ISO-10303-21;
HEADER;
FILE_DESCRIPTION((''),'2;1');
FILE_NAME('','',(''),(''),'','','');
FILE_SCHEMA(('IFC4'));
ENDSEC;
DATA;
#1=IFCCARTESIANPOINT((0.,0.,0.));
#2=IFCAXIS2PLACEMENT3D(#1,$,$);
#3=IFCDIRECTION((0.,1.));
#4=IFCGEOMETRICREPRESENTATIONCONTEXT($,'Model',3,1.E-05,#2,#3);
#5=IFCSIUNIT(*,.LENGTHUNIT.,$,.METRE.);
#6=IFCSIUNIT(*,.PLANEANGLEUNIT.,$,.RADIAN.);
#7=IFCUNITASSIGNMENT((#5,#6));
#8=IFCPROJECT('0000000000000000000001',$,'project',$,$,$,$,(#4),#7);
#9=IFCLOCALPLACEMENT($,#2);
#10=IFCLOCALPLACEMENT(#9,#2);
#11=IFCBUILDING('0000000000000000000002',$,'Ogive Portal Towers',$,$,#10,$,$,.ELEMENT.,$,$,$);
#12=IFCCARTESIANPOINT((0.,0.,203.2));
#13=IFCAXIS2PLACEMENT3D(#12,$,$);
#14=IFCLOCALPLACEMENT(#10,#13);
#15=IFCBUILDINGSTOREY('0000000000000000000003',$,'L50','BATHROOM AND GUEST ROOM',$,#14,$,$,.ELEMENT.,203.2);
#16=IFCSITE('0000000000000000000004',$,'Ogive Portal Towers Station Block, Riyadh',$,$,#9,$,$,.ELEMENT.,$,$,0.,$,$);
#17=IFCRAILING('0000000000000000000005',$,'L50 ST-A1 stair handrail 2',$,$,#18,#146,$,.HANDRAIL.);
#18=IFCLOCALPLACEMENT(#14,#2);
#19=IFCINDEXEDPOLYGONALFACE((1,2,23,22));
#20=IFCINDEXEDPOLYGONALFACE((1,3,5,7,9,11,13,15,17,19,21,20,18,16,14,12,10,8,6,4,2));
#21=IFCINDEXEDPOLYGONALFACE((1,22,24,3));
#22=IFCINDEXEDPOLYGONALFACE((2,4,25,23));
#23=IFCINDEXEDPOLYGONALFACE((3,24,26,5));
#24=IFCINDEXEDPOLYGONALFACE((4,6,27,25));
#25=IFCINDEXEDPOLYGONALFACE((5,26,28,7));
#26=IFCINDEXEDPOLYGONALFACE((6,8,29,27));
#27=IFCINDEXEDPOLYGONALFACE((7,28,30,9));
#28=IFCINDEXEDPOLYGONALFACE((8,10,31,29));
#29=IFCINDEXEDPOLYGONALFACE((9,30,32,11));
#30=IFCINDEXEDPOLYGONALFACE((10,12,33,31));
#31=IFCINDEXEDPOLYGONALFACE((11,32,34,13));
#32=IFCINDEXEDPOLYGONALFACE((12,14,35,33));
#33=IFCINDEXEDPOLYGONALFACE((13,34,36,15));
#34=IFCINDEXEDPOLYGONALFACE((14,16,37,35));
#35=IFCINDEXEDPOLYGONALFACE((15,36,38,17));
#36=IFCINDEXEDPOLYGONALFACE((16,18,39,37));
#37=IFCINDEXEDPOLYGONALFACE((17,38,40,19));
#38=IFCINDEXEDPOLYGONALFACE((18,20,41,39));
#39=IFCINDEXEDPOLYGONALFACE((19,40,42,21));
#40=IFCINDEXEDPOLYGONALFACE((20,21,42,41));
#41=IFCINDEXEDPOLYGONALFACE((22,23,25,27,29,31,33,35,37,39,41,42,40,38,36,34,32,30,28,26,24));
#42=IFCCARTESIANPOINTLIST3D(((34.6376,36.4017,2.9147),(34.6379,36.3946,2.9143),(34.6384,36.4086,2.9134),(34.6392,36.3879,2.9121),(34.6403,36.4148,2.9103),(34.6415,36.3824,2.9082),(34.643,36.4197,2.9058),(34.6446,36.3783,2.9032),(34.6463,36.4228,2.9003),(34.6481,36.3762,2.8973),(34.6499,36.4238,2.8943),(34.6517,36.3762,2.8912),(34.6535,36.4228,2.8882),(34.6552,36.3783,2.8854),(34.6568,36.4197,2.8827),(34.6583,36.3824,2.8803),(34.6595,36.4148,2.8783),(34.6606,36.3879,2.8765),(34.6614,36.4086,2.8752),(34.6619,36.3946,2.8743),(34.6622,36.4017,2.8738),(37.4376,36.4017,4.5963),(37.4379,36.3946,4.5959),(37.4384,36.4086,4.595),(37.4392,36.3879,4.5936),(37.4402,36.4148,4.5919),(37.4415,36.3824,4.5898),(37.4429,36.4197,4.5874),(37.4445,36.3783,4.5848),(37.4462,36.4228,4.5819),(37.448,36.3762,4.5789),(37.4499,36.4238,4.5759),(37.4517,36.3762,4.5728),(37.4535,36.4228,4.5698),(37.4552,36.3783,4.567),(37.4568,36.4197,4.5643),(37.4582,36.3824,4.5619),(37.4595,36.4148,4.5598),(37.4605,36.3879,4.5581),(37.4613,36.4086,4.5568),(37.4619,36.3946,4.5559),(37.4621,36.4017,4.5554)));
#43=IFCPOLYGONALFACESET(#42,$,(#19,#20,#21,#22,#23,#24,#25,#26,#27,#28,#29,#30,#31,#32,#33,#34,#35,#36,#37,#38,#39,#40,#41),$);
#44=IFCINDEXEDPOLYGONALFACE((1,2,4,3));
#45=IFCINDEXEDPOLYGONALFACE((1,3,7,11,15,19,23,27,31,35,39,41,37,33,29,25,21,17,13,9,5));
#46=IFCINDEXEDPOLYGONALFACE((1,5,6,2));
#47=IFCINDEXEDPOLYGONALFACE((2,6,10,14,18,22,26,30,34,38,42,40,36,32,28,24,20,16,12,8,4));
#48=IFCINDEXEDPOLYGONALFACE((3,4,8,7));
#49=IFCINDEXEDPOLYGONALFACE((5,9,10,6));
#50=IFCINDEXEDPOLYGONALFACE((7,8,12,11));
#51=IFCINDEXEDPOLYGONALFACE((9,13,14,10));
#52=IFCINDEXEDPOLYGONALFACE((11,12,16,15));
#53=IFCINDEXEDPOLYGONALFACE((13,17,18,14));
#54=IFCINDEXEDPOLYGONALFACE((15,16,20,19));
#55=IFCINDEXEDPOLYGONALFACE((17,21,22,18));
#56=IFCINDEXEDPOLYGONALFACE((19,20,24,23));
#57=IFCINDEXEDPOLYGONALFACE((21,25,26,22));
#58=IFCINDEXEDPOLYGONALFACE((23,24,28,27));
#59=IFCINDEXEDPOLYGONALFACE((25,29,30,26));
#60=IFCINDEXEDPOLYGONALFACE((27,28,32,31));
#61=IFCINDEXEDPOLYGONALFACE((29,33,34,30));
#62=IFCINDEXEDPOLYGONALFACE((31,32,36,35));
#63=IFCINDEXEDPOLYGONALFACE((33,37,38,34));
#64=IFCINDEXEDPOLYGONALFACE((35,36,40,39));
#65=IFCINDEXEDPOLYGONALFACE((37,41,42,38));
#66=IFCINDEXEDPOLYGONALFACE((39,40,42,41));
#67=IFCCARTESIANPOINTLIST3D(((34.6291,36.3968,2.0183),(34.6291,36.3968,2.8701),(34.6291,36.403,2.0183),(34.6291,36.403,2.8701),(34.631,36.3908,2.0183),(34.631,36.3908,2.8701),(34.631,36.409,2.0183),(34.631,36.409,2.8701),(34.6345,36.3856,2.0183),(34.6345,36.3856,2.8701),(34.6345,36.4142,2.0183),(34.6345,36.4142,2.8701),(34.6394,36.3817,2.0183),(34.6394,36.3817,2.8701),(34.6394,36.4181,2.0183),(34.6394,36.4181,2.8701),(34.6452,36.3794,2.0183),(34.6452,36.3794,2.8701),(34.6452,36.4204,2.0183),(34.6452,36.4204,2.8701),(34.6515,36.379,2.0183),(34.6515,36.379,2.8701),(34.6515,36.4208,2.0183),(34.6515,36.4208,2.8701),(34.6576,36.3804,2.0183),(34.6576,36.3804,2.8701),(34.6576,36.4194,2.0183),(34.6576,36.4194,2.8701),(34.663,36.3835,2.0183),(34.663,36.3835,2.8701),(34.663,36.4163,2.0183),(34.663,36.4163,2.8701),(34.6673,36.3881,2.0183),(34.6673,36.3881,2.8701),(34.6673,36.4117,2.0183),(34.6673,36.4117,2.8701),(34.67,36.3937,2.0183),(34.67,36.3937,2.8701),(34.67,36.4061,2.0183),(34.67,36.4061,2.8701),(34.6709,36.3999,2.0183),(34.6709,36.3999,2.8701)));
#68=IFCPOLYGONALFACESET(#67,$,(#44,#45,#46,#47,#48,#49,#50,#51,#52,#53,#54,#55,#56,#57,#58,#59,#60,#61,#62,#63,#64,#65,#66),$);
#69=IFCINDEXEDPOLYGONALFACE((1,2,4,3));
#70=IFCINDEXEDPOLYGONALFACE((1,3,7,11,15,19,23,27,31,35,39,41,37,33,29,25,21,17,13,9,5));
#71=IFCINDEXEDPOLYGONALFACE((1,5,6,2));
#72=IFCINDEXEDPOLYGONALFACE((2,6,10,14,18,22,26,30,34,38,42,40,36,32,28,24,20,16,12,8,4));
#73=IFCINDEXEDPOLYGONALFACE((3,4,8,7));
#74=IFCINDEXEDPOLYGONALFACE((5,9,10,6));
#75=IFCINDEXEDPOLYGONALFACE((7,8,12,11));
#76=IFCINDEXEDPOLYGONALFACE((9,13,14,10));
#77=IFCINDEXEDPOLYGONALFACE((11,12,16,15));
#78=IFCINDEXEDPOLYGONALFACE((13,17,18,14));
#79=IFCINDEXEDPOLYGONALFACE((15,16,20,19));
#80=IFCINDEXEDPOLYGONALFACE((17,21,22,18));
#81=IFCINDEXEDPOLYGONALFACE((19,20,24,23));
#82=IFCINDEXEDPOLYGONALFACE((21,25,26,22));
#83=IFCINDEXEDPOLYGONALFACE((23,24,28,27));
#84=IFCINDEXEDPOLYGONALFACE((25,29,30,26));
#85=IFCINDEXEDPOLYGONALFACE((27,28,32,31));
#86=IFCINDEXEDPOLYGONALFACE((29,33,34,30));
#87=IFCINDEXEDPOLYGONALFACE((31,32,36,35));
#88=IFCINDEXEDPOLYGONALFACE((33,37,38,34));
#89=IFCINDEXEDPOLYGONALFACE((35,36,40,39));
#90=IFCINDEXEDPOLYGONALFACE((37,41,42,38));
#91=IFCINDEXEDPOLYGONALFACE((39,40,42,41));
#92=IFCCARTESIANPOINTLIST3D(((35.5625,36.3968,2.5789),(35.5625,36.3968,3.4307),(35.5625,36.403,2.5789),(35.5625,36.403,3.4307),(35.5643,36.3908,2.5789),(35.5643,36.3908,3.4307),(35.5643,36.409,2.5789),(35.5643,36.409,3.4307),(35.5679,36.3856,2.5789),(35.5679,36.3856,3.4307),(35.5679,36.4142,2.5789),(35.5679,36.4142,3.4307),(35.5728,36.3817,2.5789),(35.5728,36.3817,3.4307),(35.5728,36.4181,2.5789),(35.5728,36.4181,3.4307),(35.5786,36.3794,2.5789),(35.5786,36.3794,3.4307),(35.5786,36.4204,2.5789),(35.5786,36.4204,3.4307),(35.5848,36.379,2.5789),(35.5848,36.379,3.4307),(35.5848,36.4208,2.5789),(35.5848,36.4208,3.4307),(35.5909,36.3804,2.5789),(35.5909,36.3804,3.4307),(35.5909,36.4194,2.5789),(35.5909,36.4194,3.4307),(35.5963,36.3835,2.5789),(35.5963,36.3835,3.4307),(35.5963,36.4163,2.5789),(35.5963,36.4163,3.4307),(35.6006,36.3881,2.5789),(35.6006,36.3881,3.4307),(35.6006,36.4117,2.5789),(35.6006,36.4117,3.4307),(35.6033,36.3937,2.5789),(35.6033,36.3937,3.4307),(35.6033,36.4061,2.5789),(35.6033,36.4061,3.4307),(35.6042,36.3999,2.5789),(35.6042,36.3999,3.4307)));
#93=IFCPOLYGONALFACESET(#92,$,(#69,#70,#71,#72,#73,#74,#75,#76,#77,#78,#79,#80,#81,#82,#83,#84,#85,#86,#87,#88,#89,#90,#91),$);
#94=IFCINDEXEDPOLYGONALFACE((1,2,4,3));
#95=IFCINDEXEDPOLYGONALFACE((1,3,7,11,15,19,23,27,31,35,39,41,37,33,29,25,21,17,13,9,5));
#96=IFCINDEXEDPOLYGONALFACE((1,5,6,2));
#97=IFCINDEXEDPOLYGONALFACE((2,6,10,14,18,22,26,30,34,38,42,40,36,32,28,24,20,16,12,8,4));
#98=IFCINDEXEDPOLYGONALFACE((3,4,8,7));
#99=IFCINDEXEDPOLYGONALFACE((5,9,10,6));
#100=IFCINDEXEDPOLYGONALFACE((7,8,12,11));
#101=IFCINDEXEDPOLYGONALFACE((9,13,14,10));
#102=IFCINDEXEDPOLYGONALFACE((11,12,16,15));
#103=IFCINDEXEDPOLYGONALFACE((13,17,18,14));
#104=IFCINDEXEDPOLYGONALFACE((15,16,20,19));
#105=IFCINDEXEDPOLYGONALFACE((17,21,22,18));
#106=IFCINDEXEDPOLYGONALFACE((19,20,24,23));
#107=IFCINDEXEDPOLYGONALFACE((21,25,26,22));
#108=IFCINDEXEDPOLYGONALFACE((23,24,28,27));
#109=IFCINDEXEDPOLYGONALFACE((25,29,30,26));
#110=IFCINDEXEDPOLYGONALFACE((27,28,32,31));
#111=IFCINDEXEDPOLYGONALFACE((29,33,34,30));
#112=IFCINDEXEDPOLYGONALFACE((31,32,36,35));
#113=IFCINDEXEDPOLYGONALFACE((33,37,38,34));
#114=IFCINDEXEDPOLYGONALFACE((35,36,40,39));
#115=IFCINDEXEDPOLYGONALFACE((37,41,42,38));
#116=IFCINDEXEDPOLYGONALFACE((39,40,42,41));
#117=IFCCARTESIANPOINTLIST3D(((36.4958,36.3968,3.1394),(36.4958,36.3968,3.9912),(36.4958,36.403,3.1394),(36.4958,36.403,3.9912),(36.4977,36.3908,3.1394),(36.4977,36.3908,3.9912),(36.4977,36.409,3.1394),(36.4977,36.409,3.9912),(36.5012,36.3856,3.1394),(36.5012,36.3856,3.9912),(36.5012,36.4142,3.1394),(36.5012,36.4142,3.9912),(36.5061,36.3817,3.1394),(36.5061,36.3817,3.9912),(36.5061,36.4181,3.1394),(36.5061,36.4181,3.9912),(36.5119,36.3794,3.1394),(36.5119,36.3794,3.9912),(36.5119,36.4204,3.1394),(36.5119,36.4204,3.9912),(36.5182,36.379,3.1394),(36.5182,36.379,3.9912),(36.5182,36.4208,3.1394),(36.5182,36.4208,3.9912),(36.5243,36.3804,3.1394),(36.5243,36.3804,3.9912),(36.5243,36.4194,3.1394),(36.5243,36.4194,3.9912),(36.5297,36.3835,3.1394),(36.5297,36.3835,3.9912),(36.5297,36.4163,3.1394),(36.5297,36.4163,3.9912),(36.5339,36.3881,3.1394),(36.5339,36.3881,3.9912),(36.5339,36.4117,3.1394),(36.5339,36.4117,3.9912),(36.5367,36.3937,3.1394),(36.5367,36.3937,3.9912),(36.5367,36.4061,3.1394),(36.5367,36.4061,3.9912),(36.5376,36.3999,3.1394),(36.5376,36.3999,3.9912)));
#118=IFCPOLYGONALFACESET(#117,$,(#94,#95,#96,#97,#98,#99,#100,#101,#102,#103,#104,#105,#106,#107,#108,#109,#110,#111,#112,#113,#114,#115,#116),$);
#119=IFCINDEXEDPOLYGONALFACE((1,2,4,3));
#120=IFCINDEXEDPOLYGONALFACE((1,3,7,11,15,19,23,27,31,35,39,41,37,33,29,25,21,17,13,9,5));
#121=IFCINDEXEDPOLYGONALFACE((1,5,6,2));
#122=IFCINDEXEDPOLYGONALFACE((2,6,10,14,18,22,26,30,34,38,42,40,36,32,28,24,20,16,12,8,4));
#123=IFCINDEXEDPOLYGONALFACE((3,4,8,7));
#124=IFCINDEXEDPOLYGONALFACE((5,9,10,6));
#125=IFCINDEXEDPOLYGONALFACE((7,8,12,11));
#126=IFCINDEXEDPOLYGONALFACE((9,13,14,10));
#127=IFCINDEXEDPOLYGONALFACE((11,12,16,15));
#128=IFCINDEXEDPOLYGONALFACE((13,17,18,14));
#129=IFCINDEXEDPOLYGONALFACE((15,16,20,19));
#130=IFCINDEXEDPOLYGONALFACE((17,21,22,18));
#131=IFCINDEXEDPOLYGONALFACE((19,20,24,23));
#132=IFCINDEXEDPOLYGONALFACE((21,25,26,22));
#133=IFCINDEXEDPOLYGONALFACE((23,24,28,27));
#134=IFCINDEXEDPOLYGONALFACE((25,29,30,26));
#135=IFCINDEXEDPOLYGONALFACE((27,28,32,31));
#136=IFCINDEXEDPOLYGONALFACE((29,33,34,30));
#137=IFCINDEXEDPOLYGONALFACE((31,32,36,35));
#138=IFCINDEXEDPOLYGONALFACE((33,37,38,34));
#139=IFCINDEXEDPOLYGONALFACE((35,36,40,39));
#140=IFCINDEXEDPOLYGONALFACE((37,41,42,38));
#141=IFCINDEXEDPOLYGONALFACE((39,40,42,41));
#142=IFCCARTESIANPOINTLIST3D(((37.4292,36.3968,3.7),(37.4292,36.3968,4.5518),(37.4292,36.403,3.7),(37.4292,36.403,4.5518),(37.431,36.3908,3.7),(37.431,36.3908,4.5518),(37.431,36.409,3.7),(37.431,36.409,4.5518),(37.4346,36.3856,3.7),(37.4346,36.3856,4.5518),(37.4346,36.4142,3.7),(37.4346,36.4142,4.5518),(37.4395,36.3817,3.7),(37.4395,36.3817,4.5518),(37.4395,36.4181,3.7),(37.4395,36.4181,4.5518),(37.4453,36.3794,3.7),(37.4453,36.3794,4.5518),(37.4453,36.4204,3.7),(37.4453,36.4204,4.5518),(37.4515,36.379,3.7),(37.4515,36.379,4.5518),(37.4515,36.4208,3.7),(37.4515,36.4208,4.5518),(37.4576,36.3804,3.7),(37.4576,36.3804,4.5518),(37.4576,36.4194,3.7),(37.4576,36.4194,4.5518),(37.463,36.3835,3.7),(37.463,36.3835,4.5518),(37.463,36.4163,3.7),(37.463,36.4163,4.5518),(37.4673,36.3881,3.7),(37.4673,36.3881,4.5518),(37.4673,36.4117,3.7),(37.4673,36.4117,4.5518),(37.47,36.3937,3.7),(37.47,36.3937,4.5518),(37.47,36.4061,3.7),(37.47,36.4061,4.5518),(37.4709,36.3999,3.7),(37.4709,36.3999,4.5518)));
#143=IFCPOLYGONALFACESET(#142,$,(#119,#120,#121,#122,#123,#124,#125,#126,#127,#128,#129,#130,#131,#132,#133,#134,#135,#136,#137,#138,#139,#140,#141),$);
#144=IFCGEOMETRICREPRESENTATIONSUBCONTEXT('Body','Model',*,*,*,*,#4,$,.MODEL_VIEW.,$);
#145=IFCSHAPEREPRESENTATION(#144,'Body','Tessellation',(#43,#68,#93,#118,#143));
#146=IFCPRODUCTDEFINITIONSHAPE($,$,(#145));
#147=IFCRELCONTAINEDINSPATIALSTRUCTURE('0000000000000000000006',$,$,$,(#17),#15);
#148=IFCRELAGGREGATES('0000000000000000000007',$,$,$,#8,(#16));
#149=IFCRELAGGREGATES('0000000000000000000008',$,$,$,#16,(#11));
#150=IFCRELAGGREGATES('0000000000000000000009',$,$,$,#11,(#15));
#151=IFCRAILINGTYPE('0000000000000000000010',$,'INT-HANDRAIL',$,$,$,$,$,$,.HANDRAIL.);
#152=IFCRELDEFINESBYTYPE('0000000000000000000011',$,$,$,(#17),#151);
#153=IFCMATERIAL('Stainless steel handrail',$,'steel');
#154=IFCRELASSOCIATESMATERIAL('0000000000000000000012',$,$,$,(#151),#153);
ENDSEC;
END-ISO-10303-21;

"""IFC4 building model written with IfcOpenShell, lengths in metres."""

from ifc_helpers import new_model, si_unit, direction, frame, origin, origin_2d, place, context, subcontext, project, spatial, circle, extrude, material, type_object, element, save


model = new_model("IFC4")

# Units and contexts
model_context = context("Model", 3, precision=1e-05, world=origin(), true_north=direction((0.0, 1.0)))
body_context = subcontext(model_context, "Body", "Model", "MODEL_VIEW")
ifc_project = project(units=[si_unit("LENGTHUNIT", "METRE"), si_unit("PLANEANGLEUNIT", "RADIAN")], contexts=[model_context])

# Site, building, storey
site_placement = place(None, origin())
site = spatial("IfcSite", under=ifc_project, at=site_placement, Name="Ogive Portal Towers Station Block, Riyadh", CompositionType="ELEMENT", RefElevation=0.0)
building_placement = place(site_placement, origin())
building = spatial("IfcBuilding", under=site, at=building_placement, Name="Ogive Portal Towers", CompositionType="ELEMENT")
storey_placement = place(building_placement, frame((0.0, 0.0, 203.2)))
storey = spatial("IfcBuildingStorey", under=building, at=storey_placement, Name="L50", Description="BATHROOM AND GUEST ROOM", CompositionType="ELEMENT", Elevation=203.2)

# Railing
ifc_material_1 = material(Name="Stainless steel handrail", Category="steel")
railing_type_1 = type_object("IfcRailingType", Name="INT-HANDRAIL", PredefinedType="HANDRAIL", material=ifc_material_1)
railing_1_placement = place(storey_placement, frame((34.6499, 36.3999, 2.0183)))
element("IfcRailing", 1, at=railing_1_placement, inside=storey, type_object=railing_type_1, Name="L50 ST-A1 stair handrail 2", PredefinedType="HANDRAIL", context=body_context, shape_type="SweptSolid", body=[
    extrude(circle(Radius=0.0239, at=origin_2d()), frame((0.0, 0.0, 0.876), z_axis=(0.857275, 0.0, 0.514858), x_axis=(0.0, 1.0, 0.0)), (0.0, 0.0, 1.0), 3.2661),
    extrude(circle(Radius=0.021, at=origin_2d()), origin(), (0.0, 0.0, 1.0), 0.8518),
    extrude(circle(Radius=0.021, at=origin_2d()), frame((0.9333, 0.0, 0.5605)), (0.0, 0.0, 1.0), 0.8518),
    extrude(circle(Radius=0.021, at=origin_2d()), frame((1.8667, 0.0, 1.1211)), (0.0, 0.0, 1.0), 0.8518),
    extrude(circle(Radius=0.021, at=origin_2d()), frame((2.8, 0.0, 1.6816)), (0.0, 0.0, 1.0), 0.8518),
])

save(model, "model.ifc")
